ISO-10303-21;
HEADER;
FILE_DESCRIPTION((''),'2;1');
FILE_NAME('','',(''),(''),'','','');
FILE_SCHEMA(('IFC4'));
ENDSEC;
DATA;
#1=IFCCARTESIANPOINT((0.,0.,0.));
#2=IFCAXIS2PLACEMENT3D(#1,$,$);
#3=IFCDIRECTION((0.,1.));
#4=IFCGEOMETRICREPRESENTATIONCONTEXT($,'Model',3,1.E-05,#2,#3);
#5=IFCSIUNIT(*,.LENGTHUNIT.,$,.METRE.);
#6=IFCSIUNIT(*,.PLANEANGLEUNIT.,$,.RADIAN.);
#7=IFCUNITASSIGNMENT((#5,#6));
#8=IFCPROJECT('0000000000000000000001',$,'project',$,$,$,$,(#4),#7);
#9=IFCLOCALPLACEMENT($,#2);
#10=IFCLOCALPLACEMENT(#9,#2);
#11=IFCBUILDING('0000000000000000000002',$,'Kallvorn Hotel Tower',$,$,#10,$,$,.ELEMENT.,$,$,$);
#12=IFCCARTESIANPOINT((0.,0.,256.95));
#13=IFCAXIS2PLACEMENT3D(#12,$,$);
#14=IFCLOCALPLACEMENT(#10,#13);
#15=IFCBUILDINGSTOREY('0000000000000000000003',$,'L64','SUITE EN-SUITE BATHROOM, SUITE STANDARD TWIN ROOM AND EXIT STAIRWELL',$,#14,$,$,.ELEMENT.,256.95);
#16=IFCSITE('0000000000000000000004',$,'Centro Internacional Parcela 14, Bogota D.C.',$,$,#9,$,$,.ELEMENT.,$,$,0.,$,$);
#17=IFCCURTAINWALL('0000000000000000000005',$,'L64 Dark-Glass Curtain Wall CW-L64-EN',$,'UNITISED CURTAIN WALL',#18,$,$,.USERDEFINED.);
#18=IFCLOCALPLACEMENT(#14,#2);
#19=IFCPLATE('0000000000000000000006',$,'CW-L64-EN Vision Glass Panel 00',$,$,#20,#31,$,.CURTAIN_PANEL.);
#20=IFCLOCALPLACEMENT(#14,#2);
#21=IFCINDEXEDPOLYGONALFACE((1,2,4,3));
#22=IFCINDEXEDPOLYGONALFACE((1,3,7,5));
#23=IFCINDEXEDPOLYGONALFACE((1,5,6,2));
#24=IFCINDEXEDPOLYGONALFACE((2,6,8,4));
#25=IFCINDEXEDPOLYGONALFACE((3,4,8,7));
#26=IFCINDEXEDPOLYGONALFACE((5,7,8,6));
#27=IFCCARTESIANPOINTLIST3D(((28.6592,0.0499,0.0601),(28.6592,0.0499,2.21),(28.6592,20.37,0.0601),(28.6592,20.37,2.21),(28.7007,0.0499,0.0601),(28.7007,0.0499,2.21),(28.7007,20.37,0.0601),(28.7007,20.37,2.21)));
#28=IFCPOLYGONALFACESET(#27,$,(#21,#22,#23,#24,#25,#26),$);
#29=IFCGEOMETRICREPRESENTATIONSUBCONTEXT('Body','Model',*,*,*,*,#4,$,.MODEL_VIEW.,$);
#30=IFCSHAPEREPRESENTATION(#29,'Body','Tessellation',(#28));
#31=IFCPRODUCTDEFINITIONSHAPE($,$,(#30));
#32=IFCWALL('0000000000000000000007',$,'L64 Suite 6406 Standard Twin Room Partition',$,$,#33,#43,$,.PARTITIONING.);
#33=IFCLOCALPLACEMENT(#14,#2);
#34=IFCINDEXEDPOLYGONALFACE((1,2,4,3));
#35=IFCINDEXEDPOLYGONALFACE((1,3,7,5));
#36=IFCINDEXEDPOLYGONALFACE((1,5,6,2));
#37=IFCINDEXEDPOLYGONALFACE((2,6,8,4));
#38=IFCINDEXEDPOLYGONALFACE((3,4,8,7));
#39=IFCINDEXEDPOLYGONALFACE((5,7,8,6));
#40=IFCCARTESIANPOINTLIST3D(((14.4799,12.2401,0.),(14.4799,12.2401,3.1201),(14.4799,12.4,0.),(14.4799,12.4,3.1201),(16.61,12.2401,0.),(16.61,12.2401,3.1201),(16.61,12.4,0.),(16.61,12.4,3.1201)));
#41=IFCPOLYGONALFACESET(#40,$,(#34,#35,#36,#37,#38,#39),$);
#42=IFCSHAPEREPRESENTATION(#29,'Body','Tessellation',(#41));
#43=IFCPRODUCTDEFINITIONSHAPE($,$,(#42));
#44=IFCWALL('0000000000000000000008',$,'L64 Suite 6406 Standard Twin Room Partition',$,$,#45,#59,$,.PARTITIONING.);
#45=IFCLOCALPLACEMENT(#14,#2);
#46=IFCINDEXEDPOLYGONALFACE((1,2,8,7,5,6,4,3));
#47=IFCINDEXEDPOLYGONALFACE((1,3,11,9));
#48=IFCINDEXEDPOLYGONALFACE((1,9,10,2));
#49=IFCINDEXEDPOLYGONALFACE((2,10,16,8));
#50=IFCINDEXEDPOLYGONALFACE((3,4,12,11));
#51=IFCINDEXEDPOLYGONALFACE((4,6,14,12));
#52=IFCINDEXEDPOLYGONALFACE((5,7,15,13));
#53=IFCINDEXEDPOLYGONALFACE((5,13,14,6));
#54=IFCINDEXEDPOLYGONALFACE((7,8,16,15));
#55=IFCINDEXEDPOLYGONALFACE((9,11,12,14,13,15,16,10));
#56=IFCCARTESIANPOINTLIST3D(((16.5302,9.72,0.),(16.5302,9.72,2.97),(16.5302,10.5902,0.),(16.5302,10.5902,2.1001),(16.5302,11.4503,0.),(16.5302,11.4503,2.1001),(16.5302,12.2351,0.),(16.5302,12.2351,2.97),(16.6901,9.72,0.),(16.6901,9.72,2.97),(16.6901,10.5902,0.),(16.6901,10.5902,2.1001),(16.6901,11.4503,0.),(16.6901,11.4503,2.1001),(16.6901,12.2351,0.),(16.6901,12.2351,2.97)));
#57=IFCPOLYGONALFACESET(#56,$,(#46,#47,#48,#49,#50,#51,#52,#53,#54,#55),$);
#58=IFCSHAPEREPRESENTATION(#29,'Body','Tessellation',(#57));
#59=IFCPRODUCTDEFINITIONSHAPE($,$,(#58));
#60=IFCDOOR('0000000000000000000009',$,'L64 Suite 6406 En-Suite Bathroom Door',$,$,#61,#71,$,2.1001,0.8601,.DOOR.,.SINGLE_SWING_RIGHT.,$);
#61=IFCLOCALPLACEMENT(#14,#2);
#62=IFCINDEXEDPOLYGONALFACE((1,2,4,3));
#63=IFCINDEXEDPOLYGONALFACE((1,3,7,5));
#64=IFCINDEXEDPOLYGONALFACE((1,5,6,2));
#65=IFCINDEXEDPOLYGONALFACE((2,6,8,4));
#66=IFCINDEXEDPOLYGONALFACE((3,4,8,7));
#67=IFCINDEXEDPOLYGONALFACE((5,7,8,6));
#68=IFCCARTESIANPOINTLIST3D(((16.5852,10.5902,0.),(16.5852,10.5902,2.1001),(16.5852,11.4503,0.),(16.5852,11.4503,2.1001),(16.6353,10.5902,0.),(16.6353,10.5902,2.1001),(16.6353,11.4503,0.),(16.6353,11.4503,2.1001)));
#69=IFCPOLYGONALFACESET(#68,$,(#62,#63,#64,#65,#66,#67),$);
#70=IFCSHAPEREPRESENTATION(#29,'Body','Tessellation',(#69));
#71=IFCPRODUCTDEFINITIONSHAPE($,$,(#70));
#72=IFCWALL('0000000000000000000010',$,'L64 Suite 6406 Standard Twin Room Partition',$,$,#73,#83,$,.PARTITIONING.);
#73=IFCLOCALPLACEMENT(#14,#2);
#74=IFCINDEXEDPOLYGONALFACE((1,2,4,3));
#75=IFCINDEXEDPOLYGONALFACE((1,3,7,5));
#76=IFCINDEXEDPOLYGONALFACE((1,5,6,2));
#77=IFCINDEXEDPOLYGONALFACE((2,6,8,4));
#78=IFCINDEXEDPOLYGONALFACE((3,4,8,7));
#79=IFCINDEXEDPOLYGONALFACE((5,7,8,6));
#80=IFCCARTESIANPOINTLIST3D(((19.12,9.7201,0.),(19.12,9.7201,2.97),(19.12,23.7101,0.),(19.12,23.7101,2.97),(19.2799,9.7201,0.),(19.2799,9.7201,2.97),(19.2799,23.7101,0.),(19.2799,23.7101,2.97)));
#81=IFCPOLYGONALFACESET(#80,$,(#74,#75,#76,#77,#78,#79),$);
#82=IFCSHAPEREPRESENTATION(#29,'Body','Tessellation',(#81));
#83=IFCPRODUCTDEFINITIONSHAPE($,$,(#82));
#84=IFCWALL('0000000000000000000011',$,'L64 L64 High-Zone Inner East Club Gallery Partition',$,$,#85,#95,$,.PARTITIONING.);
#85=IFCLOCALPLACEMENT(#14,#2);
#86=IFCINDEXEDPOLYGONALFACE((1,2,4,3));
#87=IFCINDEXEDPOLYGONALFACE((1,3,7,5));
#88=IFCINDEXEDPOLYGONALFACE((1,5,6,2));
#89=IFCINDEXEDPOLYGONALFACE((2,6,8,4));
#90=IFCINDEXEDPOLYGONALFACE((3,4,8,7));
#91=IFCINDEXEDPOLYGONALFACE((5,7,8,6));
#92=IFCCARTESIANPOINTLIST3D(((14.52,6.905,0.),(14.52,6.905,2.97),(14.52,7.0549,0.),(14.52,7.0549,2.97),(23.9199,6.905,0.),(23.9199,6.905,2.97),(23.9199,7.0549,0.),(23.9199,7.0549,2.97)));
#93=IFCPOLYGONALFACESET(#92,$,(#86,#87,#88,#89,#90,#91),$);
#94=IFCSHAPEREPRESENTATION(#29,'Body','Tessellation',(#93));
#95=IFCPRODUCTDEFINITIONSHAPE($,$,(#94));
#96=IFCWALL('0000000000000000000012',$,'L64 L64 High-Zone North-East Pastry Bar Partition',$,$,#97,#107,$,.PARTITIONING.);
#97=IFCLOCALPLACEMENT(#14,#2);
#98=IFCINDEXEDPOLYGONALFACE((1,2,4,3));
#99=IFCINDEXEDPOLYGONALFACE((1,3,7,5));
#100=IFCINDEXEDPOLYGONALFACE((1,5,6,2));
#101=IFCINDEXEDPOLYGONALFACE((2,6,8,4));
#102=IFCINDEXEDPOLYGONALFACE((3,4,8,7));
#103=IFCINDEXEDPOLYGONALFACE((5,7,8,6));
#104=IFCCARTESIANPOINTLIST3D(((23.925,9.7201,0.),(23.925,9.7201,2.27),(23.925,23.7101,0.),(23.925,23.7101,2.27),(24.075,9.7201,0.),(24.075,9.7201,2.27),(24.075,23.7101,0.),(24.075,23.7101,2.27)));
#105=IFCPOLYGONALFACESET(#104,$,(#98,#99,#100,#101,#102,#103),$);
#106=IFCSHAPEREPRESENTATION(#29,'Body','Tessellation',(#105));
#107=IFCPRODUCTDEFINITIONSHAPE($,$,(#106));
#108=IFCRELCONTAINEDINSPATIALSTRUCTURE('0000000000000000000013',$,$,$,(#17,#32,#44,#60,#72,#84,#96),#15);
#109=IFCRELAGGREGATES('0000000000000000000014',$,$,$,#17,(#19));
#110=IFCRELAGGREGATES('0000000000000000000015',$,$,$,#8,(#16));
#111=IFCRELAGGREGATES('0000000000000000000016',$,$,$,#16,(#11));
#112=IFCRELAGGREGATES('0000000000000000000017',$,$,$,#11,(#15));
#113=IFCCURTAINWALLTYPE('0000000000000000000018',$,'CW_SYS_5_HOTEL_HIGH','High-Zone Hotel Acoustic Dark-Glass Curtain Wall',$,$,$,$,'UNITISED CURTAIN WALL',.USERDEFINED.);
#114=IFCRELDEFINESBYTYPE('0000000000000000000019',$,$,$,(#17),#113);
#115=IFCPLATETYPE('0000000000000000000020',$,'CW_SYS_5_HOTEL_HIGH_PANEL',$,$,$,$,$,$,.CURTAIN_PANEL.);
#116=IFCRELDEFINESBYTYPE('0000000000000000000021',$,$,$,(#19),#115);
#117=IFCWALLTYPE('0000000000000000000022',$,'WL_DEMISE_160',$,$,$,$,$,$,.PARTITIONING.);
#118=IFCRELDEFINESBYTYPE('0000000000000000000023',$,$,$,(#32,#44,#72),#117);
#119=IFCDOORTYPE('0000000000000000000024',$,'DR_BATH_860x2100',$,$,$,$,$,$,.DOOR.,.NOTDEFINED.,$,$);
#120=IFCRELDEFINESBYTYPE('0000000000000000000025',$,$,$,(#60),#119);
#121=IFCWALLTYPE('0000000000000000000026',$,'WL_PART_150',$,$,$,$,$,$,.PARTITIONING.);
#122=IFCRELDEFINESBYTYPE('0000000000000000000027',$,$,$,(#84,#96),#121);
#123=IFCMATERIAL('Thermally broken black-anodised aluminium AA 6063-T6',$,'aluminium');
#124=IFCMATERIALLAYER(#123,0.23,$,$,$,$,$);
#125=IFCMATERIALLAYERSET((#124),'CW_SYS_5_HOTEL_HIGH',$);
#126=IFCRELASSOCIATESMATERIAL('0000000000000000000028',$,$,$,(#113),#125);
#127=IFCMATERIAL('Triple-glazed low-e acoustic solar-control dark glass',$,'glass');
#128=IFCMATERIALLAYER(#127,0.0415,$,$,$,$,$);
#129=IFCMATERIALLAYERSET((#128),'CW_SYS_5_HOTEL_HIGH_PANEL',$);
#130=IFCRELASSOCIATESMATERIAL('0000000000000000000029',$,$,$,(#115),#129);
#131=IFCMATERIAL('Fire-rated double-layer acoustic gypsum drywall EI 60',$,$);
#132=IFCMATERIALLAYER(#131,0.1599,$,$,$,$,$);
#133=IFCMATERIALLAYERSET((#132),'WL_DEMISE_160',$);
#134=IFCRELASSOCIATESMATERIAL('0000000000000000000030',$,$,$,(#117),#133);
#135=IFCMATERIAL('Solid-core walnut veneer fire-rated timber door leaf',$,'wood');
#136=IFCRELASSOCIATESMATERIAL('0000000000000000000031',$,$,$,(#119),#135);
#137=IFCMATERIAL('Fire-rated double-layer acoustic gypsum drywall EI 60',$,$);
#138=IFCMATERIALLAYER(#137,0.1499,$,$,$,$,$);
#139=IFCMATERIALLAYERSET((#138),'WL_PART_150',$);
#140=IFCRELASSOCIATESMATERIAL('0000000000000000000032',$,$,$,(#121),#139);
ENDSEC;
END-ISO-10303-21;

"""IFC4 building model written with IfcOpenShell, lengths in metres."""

from ifc_helpers import new_model, si_unit, direction, frame, frame_2d, origin, origin_2d, place, context, subcontext, project, spatial, rectangle, extrude, material, layer, layer_set, type_object, element, fill, aggregate, save


model = new_model("IFC4")

# Units and contexts
model_context = context("Model", 3, precision=1e-05, world=origin(), true_north=direction((0.0, 1.0)))
body_context = subcontext(model_context, "Body", "Model", "MODEL_VIEW")
ifc_project = project(units=[si_unit("LENGTHUNIT", "METRE"), si_unit("PLANEANGLEUNIT", "RADIAN")], contexts=[model_context])

# Site, building, storey
site_placement = place(None, origin())
site = spatial("IfcSite", under=ifc_project, at=site_placement, Name="Centro Internacional Parcela 14, Bogota D.C.", CompositionType="ELEMENT", RefElevation=0.0)
building_placement = place(site_placement, origin())
building = spatial("IfcBuilding", under=site, at=building_placement, Name="Kallvorn Hotel Tower", CompositionType="ELEMENT")
storey_placement = place(building_placement, frame((0.0, 0.0, 256.95)))
storey = spatial("IfcBuildingStorey", under=building, at=storey_placement, Name="L64", Description="SUITE EN-SUITE BATHROOM, SUITE STANDARD TWIN ROOM AND EXIT STAIRWELL", CompositionType="ELEMENT", Elevation=256.95)

# Curtain wall, plate
ifc_material_1 = material(Name="Thermally broken black-anodised aluminium AA 6063-T6", Category="aluminium")
ifc_layer_1 = layer(ifc_material_1, 0.23)
ifc_layer_set_1 = layer_set([ifc_layer_1], Name="CW_SYS_5_HOTEL_HIGH")
curtain_wall_type = type_object("IfcCurtainWallType", Name="CW_SYS_5_HOTEL_HIGH", Description="High-Zone Hotel Acoustic Dark-Glass Curtain Wall", ElementType="UNITISED CURTAIN WALL", PredefinedType="USERDEFINED", material=ifc_layer_set_1)
curtain_wall_placement = place(storey_placement, origin())
curtain_wall = element("IfcCurtainWall", 1, at=curtain_wall_placement, inside=storey, type_object=curtain_wall_type, Name="L64 Dark-Glass Curtain Wall CW-L64-EN", ObjectType="UNITISED CURTAIN WALL", PredefinedType="USERDEFINED")
ifc_material_2 = material(Name="Triple-glazed low-e acoustic solar-control dark glass", Category="glass")
ifc_layer_2 = layer(ifc_material_2, 0.0415)
ifc_layer_set_2 = layer_set([ifc_layer_2], Name="CW_SYS_5_HOTEL_HIGH_PANEL")
plate_type = type_object("IfcPlateType", Name="CW_SYS_5_HOTEL_HIGH_PANEL", PredefinedType="CURTAIN_PANEL", material=ifc_layer_set_2)
plate_placement = place(storey_placement, frame((28.6799, 10.21, 0.0601), z_axis=(0.0, 0.0, 1.0), x_axis=(0.0, 1.0, 0.0)))
plate = element("IfcPlate", 2, at=plate_placement, type_object=plate_type, Name="CW-L64-EN Vision Glass Panel 00", PredefinedType="CURTAIN_PANEL", context=body_context, shape_type="SweptSolid", body=[
    extrude(rectangle(XDim=20.3201, YDim=0.0415, at=origin_2d()), origin(), (0.0, 0.0, 1.0), 2.1499),
])
aggregate(curtain_wall, [plate])

# Wall
ifc_material_3 = material(Name="Fire-rated double-layer acoustic gypsum drywall EI 60")
ifc_layer_3 = layer(ifc_material_3, 0.1599)
ifc_layer_set_3 = layer_set([ifc_layer_3], Name="WL_DEMISE_160")
wall_type_1 = type_object("IfcWallType", Name="WL_DEMISE_160", PredefinedType="PARTITIONING", material=ifc_layer_set_3)
wall_1_placement = place(storey_placement, frame((14.48, 12.3201, 0.0), z_axis=(0.0, 0.0, 1.0), x_axis=(1.0, 0.0, 0.0)))
element("IfcWall", 3, at=wall_1_placement, inside=storey, type_object=wall_type_1, Name="L64 Suite 6406 Standard Twin Room Partition", PredefinedType="PARTITIONING", context=body_context, shape_type="SweptSolid", body=[
    extrude(rectangle(XDim=2.1301, YDim=0.1599, at=frame_2d((1.0649, 0.0))), origin(), (0.0, 0.0, 1.0), 3.1201),
])

# Wall, opening, door
wall_2_placement = place(storey_placement, frame((16.6101, 9.72, 0.0), z_axis=(0.0, 0.0, 1.0), x_axis=(0.0, 1.0, 0.0)))
wall_2 = element("IfcWall", 4, at=wall_2_placement, inside=storey, type_object=wall_type_1, Name="L64 Suite 6406 Standard Twin Room Partition", PredefinedType="PARTITIONING", context=body_context, shape_type="SweptSolid", body=[
    extrude(rectangle(XDim=2.5151, YDim=0.1599, at=frame_2d((1.2576, 0.0))), origin(), (0.0, 0.0, 1.0), 2.97),
])
opening_placement = place(wall_2_placement, frame((0.8701, 0.0, 0.0)))
opening = element("IfcOpeningElement", 5, at=opening_placement, cuts=wall_2, PredefinedType="OPENING", context=body_context, shape_type="SweptSolid", body=[
    extrude(rectangle(XDim=0.8601, YDim=2.1001, at=frame_2d((0.4302, 1.05))), frame((0.0, 0.095, 0.0), z_axis=(0.0, -1.0, 0.0), x_axis=(1.0, 0.0, 0.0)), (0.0, 0.0, 1.0), 0.1899),
])
ifc_material_4 = material(Name="Solid-core walnut veneer fire-rated timber door leaf", Category="wood")
door_type = type_object("IfcDoorType", Name="DR_BATH_860x2100", OperationType="NOTDEFINED", PredefinedType="DOOR", material=ifc_material_4)
door_placement = place(opening_placement, origin())
door = element("IfcDoor", 6, at=door_placement, inside=storey, type_object=door_type, Name="L64 Suite 6406 En-Suite Bathroom Door", OperationType="SINGLE_SWING_RIGHT", OverallHeight=2.1001, OverallWidth=0.8601, PredefinedType="DOOR", context=body_context, shape_type="SweptSolid", body=[
    extrude(rectangle(XDim=0.8601, YDim=2.1001, at=frame_2d((0.4302, 1.05))), frame((0.0, 0.0249, 0.0), z_axis=(0.0, -1.0, 0.0), x_axis=(1.0, 0.0, 0.0)), (0.0, 0.0, 1.0), 0.05),
])
fill(opening, door)

# Walls
wall_3_placement = place(storey_placement, frame((19.2, 9.72, 0.0), z_axis=(0.0, 0.0, 1.0), x_axis=(0.0, 1.0, 0.0)))
element("IfcWall", 7, at=wall_3_placement, inside=storey, type_object=wall_type_1, Name="L64 Suite 6406 Standard Twin Room Partition", PredefinedType="PARTITIONING", context=body_context, shape_type="SweptSolid", body=[
    extrude(rectangle(XDim=13.99, YDim=0.1599, at=frame_2d((6.9951, 0.0))), origin(), (0.0, 0.0, 1.0), 2.97),
])
ifc_material_5 = material(Name="Fire-rated double-layer acoustic gypsum drywall EI 60")
ifc_layer_4 = layer(ifc_material_5, 0.1499)
ifc_layer_set_4 = layer_set([ifc_layer_4], Name="WL_PART_150")
wall_type_2 = type_object("IfcWallType", Name="WL_PART_150", PredefinedType="PARTITIONING", material=ifc_layer_set_4)
wall_4_placement = place(storey_placement, frame((14.52, 6.98, 0.0), z_axis=(0.0, 0.0, 1.0), x_axis=(1.0, 0.0, 0.0)))
element("IfcWall", 8, at=wall_4_placement, inside=storey, type_object=wall_type_2, Name="L64 L64 High-Zone Inner East Club Gallery Partition", PredefinedType="PARTITIONING", context=body_context, shape_type="SweptSolid", body=[
    extrude(rectangle(XDim=9.3999, YDim=0.1499, at=frame_2d((4.7, 0.0))), origin(), (0.0, 0.0, 1.0), 2.97),
])
wall_5_placement = place(storey_placement, frame((24.0, 9.72, 0.0), z_axis=(0.0, 0.0, 1.0), x_axis=(0.0, 1.0, 0.0)))
element("IfcWall", 9, at=wall_5_placement, inside=storey, type_object=wall_type_2, Name="L64 L64 High-Zone North-East Pastry Bar Partition", PredefinedType="PARTITIONING", context=body_context, shape_type="SweptSolid", body=[
    extrude(rectangle(XDim=13.99, YDim=0.1499, at=frame_2d((6.9951, 0.0))), origin(), (0.0, 0.0, 1.0), 2.27),
])

save(model, "model.ifc")
